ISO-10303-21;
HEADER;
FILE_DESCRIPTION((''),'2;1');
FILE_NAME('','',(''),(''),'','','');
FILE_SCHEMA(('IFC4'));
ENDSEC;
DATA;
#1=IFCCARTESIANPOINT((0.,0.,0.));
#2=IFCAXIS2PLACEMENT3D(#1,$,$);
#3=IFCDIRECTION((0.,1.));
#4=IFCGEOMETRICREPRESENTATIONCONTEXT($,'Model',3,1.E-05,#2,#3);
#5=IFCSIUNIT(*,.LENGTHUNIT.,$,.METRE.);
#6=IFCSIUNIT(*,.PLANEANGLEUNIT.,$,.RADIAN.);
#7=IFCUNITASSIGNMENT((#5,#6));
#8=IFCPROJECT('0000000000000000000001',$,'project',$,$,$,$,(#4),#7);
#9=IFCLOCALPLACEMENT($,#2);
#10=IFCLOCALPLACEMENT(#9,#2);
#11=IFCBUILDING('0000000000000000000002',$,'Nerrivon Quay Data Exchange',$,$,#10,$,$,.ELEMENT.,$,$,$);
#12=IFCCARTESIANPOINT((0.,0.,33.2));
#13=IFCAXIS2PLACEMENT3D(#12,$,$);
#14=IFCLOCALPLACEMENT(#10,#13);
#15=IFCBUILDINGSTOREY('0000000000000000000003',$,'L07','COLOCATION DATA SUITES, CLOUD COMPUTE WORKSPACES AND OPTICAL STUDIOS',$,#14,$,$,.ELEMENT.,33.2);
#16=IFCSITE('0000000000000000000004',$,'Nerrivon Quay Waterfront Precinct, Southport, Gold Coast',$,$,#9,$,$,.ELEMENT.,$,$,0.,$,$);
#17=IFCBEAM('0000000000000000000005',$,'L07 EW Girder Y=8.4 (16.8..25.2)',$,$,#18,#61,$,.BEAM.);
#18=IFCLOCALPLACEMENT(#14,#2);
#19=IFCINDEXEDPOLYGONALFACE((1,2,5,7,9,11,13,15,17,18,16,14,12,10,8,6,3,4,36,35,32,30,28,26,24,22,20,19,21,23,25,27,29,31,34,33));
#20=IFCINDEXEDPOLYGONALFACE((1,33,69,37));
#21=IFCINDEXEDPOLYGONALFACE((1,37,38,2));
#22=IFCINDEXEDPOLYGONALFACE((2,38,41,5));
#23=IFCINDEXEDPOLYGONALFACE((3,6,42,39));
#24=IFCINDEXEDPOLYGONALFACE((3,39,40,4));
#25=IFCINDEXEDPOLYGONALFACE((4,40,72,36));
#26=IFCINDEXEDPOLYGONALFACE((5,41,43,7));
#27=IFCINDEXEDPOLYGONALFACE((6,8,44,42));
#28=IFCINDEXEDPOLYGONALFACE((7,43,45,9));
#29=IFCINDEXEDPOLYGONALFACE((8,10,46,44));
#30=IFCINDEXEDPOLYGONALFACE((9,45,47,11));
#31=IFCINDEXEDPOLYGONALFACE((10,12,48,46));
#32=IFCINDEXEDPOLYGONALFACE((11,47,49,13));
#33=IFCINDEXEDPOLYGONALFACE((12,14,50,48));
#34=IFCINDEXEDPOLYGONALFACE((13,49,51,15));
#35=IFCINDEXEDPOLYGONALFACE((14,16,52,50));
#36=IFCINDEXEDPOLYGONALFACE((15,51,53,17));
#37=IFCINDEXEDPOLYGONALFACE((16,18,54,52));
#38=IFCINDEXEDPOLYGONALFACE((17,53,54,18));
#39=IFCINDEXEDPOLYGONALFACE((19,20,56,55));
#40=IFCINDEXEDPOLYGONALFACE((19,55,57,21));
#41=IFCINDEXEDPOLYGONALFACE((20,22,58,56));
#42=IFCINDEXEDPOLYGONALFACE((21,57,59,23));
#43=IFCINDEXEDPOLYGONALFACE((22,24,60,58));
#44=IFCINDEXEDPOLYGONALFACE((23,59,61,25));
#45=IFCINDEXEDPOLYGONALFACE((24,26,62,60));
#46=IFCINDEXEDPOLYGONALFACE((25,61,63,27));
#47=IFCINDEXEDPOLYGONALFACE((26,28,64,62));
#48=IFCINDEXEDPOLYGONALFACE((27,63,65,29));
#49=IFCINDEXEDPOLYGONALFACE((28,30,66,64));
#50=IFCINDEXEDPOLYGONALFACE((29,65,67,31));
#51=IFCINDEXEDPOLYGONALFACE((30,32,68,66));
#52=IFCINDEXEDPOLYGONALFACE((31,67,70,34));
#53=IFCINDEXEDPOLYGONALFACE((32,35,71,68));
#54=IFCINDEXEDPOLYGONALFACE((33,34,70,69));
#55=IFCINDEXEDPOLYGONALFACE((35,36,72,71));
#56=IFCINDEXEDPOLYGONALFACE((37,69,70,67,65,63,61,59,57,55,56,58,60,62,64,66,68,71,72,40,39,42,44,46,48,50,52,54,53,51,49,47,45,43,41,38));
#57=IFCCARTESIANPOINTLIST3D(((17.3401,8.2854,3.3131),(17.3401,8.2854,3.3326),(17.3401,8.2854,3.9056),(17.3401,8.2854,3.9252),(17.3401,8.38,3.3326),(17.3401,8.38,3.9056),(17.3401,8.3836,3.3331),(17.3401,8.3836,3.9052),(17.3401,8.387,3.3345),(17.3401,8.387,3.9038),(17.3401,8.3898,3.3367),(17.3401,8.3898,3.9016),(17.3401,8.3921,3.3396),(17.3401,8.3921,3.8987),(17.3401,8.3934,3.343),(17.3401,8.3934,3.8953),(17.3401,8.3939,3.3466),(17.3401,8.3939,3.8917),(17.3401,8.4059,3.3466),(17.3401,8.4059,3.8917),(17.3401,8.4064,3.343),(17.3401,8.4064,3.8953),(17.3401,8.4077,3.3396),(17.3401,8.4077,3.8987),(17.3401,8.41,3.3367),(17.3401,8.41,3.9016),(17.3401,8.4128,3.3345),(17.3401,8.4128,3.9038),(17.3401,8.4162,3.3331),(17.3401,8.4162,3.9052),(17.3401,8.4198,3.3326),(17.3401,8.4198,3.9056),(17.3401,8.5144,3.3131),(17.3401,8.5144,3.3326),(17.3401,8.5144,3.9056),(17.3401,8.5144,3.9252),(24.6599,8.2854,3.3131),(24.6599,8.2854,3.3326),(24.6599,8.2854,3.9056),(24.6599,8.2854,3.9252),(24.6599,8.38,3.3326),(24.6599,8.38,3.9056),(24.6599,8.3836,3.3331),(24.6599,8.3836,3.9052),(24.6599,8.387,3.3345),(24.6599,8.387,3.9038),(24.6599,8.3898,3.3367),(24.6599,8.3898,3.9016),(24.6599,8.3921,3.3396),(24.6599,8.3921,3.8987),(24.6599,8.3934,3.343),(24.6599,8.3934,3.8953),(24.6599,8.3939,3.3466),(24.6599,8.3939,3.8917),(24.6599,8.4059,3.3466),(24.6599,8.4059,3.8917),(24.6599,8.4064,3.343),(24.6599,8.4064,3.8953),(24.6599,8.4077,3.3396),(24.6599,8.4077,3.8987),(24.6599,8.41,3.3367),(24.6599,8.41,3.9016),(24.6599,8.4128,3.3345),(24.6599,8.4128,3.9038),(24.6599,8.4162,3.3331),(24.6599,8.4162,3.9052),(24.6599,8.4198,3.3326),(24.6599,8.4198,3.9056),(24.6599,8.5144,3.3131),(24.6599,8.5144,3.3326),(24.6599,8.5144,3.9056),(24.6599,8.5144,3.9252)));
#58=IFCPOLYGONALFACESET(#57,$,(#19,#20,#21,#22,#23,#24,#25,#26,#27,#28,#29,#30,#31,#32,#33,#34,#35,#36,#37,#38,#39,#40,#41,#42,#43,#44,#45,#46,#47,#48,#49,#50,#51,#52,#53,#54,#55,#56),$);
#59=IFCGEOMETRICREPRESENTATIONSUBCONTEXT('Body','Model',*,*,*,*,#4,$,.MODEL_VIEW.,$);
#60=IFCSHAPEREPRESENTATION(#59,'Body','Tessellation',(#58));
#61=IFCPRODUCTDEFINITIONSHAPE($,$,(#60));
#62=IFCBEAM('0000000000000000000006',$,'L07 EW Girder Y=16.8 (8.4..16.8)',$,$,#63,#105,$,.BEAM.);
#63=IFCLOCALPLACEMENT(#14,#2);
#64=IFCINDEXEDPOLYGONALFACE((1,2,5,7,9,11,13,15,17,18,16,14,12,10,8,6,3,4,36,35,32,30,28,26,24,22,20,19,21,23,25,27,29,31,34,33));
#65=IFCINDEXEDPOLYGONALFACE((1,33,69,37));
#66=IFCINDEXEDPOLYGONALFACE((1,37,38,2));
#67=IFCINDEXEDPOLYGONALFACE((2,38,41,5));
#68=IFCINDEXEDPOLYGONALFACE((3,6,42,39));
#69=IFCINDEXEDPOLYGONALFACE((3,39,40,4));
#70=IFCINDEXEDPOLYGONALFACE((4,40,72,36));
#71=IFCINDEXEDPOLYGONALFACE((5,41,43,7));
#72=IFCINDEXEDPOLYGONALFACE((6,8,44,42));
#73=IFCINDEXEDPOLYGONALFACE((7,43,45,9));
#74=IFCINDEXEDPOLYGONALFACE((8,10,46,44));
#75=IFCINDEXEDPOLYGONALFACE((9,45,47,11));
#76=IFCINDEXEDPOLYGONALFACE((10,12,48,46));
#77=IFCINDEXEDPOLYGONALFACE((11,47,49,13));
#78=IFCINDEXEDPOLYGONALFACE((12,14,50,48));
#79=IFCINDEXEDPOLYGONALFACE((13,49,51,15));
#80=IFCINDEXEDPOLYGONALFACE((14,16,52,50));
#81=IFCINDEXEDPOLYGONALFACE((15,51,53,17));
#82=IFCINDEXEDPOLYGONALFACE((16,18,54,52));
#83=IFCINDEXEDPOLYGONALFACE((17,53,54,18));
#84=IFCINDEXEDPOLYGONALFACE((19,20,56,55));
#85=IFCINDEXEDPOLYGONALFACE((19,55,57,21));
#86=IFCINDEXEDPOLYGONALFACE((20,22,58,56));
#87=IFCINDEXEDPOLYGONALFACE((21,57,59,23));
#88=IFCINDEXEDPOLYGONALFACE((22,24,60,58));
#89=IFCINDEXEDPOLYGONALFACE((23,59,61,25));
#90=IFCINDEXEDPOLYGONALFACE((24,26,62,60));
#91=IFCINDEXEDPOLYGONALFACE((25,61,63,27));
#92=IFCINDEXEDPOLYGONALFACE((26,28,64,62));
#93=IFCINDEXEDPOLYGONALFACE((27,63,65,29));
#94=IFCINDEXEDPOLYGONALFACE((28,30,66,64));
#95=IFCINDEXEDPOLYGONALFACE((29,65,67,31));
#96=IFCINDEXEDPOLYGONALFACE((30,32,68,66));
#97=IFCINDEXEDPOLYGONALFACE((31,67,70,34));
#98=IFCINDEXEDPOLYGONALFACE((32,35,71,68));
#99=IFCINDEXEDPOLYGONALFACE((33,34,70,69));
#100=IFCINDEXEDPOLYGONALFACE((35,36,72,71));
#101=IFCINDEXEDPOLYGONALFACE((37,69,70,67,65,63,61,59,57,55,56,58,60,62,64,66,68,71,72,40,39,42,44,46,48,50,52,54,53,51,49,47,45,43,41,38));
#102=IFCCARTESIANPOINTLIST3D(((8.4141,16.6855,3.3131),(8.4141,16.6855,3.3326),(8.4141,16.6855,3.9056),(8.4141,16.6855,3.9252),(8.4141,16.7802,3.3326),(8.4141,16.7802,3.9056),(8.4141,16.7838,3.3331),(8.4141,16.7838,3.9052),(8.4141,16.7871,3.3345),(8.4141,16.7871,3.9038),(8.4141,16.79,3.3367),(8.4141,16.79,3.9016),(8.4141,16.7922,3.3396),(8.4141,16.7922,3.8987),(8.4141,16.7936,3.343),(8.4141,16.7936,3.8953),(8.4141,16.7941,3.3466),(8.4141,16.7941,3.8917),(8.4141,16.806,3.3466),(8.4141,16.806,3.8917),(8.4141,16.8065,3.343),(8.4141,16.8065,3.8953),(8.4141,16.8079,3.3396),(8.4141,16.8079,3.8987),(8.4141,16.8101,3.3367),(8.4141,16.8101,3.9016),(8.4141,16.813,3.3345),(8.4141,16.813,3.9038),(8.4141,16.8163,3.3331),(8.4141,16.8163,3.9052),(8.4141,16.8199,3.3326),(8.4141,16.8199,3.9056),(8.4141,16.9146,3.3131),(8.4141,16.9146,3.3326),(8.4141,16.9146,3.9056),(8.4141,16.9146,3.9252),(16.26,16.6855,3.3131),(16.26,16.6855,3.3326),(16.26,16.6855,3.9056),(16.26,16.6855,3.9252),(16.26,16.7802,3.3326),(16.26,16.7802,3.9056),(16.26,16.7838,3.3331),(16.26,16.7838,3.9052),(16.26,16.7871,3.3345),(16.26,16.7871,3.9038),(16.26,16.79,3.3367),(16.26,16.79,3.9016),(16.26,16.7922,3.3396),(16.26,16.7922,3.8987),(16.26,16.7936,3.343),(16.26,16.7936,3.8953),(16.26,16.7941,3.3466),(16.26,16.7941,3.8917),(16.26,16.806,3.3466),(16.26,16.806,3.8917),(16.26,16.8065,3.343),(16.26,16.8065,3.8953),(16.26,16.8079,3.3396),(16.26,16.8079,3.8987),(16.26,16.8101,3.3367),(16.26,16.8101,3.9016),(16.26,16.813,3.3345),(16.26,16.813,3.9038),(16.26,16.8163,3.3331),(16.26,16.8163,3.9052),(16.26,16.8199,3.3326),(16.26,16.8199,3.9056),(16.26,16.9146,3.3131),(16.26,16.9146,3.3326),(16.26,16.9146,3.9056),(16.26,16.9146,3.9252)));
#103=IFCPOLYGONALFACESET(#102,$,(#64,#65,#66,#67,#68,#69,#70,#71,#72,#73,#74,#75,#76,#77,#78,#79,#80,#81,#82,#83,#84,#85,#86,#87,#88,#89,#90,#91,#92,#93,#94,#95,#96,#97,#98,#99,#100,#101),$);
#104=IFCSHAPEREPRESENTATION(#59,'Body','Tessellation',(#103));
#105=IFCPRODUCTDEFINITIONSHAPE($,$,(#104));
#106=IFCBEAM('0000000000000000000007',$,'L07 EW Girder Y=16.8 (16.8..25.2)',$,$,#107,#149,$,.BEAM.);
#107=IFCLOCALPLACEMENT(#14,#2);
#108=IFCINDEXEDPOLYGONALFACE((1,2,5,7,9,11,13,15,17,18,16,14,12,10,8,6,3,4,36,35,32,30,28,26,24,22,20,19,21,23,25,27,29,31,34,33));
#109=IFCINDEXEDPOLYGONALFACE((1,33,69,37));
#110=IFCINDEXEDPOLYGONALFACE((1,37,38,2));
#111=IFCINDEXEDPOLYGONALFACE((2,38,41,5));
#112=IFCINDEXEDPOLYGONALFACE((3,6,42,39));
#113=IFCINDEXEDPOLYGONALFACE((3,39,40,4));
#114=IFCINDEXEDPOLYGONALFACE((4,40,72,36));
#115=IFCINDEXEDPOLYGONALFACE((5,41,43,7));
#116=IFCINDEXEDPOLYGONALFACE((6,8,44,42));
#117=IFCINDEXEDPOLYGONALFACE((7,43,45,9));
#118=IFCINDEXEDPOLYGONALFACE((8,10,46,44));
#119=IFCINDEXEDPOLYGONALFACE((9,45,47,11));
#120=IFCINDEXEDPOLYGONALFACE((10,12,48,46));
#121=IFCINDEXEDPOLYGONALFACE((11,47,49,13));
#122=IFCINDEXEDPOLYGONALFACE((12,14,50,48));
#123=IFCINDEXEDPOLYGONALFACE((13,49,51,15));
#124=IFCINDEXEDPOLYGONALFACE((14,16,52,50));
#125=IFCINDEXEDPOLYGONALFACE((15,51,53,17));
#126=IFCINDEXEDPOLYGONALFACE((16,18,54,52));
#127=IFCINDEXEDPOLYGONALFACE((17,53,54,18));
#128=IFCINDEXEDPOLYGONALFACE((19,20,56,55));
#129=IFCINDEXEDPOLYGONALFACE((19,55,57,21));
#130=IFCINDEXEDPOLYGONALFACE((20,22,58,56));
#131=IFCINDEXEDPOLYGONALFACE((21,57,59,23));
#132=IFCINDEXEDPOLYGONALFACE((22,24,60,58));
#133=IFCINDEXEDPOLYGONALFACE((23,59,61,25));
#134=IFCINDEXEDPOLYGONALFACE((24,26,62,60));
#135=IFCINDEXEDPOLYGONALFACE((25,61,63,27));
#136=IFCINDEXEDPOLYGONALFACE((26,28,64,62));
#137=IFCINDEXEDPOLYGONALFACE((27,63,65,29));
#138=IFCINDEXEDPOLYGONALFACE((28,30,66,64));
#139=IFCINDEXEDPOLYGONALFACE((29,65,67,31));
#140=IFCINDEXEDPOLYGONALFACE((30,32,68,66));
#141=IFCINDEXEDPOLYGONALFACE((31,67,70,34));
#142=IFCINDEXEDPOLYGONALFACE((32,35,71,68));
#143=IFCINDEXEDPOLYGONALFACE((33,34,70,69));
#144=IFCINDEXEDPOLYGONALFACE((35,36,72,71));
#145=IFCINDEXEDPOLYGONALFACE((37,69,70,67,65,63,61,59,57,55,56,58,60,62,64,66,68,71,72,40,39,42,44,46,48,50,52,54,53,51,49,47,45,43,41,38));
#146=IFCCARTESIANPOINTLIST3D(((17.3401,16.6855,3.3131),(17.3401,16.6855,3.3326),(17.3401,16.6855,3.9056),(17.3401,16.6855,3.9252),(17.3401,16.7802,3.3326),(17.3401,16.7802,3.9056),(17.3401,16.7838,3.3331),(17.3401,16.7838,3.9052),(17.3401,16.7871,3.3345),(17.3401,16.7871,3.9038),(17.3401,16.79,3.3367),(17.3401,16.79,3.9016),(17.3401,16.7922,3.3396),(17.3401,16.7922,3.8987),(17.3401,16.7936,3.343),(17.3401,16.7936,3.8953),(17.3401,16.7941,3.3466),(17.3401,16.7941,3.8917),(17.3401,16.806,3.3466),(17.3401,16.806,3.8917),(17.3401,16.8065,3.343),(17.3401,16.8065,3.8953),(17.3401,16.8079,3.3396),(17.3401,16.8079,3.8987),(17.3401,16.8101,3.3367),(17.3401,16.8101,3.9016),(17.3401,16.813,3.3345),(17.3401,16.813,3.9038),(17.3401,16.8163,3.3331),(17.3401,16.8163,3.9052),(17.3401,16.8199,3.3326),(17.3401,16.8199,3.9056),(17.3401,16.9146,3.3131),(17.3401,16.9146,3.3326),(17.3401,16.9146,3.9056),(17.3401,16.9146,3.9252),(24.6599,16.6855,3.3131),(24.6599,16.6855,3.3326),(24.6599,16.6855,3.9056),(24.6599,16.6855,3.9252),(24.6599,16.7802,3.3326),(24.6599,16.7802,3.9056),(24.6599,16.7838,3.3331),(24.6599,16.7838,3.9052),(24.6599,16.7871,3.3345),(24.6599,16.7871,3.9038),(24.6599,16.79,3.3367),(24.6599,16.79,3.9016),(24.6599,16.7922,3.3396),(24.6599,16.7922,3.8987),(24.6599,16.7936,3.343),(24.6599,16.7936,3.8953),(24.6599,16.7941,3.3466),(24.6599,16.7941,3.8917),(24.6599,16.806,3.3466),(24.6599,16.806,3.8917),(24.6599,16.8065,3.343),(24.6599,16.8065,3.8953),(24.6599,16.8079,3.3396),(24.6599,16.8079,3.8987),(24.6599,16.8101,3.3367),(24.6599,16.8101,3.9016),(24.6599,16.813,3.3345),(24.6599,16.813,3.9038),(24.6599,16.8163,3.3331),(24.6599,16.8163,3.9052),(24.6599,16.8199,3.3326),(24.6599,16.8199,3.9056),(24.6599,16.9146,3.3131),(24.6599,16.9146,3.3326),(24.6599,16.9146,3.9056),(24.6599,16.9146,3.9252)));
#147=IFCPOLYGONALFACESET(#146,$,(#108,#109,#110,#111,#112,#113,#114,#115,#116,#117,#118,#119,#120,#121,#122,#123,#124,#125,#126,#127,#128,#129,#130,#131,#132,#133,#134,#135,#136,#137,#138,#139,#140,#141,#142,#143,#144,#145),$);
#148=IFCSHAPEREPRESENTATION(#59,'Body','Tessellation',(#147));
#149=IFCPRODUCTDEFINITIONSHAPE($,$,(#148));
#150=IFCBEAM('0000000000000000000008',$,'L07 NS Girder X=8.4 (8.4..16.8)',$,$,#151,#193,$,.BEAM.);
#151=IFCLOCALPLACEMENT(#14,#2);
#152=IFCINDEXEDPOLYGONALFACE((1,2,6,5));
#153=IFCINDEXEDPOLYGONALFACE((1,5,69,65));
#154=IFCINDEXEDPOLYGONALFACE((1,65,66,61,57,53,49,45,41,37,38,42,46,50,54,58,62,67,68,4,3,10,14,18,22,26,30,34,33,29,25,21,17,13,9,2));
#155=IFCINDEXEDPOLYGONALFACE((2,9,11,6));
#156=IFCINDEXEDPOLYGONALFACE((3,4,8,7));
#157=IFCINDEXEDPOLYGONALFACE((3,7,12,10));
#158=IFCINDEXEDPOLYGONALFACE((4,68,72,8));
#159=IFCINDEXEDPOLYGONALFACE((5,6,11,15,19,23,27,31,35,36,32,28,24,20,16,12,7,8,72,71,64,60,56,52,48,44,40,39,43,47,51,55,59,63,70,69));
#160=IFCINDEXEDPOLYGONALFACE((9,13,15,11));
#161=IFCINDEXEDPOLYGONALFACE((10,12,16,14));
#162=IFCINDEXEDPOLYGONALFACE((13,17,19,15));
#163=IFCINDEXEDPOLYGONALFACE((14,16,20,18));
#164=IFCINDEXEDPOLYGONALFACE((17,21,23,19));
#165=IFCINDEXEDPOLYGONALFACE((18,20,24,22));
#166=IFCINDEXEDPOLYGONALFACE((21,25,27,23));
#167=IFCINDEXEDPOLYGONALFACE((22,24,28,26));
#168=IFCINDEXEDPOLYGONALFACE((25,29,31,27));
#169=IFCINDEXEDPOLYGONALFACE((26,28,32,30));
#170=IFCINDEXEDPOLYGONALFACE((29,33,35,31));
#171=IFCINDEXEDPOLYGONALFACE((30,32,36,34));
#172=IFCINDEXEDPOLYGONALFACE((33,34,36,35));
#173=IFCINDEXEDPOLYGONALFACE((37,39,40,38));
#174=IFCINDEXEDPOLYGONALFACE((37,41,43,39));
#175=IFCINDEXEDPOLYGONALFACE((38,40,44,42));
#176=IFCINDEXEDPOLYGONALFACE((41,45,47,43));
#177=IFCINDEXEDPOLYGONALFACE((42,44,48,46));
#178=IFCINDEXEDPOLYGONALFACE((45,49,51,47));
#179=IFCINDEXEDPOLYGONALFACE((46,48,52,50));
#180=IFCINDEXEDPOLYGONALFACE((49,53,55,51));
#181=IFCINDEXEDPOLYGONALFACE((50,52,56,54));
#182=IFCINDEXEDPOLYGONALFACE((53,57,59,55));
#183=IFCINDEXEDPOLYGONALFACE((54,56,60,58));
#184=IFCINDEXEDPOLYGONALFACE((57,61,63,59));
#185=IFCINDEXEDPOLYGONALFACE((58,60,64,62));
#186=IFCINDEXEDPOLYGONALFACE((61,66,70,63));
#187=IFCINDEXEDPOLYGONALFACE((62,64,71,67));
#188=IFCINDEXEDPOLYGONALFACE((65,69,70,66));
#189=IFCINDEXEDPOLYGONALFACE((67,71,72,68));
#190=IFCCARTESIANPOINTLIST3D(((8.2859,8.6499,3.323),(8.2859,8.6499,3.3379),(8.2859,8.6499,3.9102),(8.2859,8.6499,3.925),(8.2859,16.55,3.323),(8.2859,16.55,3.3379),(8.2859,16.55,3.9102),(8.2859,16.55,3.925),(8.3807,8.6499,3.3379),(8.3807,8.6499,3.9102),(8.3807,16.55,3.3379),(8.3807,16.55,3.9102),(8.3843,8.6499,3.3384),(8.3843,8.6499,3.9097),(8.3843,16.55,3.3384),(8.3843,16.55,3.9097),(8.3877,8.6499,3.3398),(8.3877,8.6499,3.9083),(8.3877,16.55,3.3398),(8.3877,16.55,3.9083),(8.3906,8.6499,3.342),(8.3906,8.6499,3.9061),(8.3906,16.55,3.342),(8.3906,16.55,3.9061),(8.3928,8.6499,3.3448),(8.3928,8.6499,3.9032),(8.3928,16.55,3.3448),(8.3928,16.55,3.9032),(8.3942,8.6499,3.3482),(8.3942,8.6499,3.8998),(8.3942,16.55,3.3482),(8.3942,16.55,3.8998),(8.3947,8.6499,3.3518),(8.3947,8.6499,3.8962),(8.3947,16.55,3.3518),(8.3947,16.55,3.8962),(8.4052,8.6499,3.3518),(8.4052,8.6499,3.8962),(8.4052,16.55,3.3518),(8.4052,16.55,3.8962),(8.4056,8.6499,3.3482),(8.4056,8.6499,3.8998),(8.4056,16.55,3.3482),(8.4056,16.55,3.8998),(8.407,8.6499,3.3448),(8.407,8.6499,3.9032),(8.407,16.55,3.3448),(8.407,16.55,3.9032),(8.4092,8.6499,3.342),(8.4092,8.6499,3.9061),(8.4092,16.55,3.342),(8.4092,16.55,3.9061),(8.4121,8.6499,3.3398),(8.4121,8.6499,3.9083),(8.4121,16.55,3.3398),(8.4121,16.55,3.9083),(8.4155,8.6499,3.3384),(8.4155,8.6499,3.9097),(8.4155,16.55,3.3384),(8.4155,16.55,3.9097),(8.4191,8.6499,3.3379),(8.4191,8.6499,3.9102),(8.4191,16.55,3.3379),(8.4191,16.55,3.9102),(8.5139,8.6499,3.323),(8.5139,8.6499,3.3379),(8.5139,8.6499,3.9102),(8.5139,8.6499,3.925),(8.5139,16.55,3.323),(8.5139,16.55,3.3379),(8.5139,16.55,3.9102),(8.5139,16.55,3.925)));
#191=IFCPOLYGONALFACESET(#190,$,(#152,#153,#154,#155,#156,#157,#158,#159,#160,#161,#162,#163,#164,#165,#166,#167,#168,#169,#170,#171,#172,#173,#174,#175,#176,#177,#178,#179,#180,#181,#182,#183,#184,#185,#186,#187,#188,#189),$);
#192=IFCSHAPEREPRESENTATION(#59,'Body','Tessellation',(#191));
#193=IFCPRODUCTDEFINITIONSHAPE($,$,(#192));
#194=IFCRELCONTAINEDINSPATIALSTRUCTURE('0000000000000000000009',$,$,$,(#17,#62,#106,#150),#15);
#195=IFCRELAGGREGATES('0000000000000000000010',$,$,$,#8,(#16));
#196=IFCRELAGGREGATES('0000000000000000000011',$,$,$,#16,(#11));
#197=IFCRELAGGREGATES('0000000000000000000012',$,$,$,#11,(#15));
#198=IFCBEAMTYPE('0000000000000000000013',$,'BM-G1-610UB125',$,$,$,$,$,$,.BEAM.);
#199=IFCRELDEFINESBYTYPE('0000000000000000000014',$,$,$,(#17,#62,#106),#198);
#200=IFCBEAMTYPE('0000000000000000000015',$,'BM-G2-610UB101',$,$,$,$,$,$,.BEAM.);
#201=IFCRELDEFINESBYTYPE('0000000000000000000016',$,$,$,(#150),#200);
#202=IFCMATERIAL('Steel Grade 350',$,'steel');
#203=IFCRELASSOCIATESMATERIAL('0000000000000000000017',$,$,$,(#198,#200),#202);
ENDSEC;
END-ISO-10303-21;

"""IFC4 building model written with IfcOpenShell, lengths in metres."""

from ifc_helpers import new_model, si_unit, direction, frame, origin, origin_2d, place, context, subcontext, project, spatial, i_section, extrude, material, material_profile, profile_set, type_object, element, save


model = new_model("IFC4")

# Units and contexts
model_context = context("Model", 3, precision=1e-05, world=origin(), true_north=direction((0.0, 1.0)))
body_context = subcontext(model_context, "Body", "Model", "MODEL_VIEW")
ifc_project = project(units=[si_unit("LENGTHUNIT", "METRE"), si_unit("PLANEANGLEUNIT", "RADIAN")], contexts=[model_context])

# Site, building, storey
site_placement = place(None, origin())
site = spatial("IfcSite", under=ifc_project, at=site_placement, Name="Nerrivon Quay Waterfront Precinct, Southport, Gold Coast", CompositionType="ELEMENT", RefElevation=0.0)
building_placement = place(site_placement, origin())
building = spatial("IfcBuilding", under=site, at=building_placement, Name="Nerrivon Quay Data Exchange", CompositionType="ELEMENT")
storey_placement = place(building_placement, frame((0.0, 0.0, 33.2)))
storey = spatial("IfcBuildingStorey", under=building, at=storey_placement, Name="L07", Description="COLOCATION DATA SUITES, CLOUD COMPUTE WORKSPACES AND OPTICAL STUDIOS", CompositionType="ELEMENT", Elevation=33.2)

# Shared definitions
ifc_material_1 = material(Name="Steel Grade 350", Category="steel")

# Beams
ifc_material_profile_1 = material_profile(ifc_material_1, i_section(OverallWidth=0.229, OverallDepth=0.6121, WebThickness=0.012, FlangeThickness=0.0195, FilletRadius=0.0139, at=origin_2d()), Name="610UB125")
ifc_profile_set_1 = profile_set([ifc_material_profile_1], Name="Steel Grade 350")
beam_type_1 = type_object("IfcBeamType", Name="BM-G1-610UB125", PredefinedType="BEAM", material=ifc_profile_set_1)
beam_1_placement = place(storey_placement, frame((17.3401, 8.3999, 3.6191), z_axis=(1.0, 0.0, 0.0), x_axis=(0.0, 1.0, 0.0)))
element("IfcBeam", 1, at=beam_1_placement, inside=storey, type_object=beam_type_1, Name="L07 EW Girder Y=8.4 (16.8..25.2)", PredefinedType="BEAM", context=body_context, shape_type="SweptSolid", body=[
    extrude(i_section(OverallWidth=0.229, OverallDepth=0.6121, WebThickness=0.012, FlangeThickness=0.0195, FilletRadius=0.0139, at=origin_2d()), origin(), (0.0, 0.0, 1.0), 7.3198),
])
beam_2_placement = place(storey_placement, frame((8.4141, 16.8, 3.6191), z_axis=(1.0, 0.0, 0.0), x_axis=(0.0, 1.0, 0.0)))
element("IfcBeam", 2, at=beam_2_placement, inside=storey, type_object=beam_type_1, Name="L07 EW Girder Y=16.8 (8.4..16.8)", PredefinedType="BEAM", context=body_context, shape_type="SweptSolid", body=[
    extrude(i_section(OverallWidth=0.229, OverallDepth=0.6121, WebThickness=0.012, FlangeThickness=0.0195, FilletRadius=0.0139, at=origin_2d()), origin(), (0.0, 0.0, 1.0), 7.8459),
])
beam_3_placement = place(storey_placement, frame((17.3401, 16.8, 3.6191), z_axis=(1.0, 0.0, 0.0), x_axis=(0.0, 1.0, 0.0)))
element("IfcBeam", 3, at=beam_3_placement, inside=storey, type_object=beam_type_1, Name="L07 EW Girder Y=16.8 (16.8..25.2)", PredefinedType="BEAM", context=body_context, shape_type="SweptSolid", body=[
    extrude(i_section(OverallWidth=0.229, OverallDepth=0.6121, WebThickness=0.012, FlangeThickness=0.0195, FilletRadius=0.0139, at=origin_2d()), origin(), (0.0, 0.0, 1.0), 7.3198),
])
ifc_material_profile_2 = material_profile(ifc_material_1, i_section(OverallWidth=0.228, OverallDepth=0.6021, WebThickness=0.0105, FlangeThickness=0.0149, FilletRadius=0.0139, at=origin_2d()), Name="610UB101")
ifc_profile_set_2 = profile_set([ifc_material_profile_2], Name="Steel Grade 350")
beam_type_2 = type_object("IfcBeamType", Name="BM-G2-610UB101", PredefinedType="BEAM", material=ifc_profile_set_2)
beam_4_placement = place(storey_placement, frame((8.3999, 8.6499, 3.624), z_axis=(0.0, 1.0, 0.0), x_axis=(-1.0, 0.0, 0.0)))
element("IfcBeam", 4, at=beam_4_placement, inside=storey, type_object=beam_type_2, Name="L07 NS Girder X=8.4 (8.4..16.8)", PredefinedType="BEAM", context=body_context, shape_type="SweptSolid", body=[
    extrude(i_section(OverallWidth=0.228, OverallDepth=0.6021, WebThickness=0.0105, FlangeThickness=0.0149, FilletRadius=0.0139, at=origin_2d()), origin(), (0.0, 0.0, 1.0), 7.9001),
])

save(model, "model.ifc")
